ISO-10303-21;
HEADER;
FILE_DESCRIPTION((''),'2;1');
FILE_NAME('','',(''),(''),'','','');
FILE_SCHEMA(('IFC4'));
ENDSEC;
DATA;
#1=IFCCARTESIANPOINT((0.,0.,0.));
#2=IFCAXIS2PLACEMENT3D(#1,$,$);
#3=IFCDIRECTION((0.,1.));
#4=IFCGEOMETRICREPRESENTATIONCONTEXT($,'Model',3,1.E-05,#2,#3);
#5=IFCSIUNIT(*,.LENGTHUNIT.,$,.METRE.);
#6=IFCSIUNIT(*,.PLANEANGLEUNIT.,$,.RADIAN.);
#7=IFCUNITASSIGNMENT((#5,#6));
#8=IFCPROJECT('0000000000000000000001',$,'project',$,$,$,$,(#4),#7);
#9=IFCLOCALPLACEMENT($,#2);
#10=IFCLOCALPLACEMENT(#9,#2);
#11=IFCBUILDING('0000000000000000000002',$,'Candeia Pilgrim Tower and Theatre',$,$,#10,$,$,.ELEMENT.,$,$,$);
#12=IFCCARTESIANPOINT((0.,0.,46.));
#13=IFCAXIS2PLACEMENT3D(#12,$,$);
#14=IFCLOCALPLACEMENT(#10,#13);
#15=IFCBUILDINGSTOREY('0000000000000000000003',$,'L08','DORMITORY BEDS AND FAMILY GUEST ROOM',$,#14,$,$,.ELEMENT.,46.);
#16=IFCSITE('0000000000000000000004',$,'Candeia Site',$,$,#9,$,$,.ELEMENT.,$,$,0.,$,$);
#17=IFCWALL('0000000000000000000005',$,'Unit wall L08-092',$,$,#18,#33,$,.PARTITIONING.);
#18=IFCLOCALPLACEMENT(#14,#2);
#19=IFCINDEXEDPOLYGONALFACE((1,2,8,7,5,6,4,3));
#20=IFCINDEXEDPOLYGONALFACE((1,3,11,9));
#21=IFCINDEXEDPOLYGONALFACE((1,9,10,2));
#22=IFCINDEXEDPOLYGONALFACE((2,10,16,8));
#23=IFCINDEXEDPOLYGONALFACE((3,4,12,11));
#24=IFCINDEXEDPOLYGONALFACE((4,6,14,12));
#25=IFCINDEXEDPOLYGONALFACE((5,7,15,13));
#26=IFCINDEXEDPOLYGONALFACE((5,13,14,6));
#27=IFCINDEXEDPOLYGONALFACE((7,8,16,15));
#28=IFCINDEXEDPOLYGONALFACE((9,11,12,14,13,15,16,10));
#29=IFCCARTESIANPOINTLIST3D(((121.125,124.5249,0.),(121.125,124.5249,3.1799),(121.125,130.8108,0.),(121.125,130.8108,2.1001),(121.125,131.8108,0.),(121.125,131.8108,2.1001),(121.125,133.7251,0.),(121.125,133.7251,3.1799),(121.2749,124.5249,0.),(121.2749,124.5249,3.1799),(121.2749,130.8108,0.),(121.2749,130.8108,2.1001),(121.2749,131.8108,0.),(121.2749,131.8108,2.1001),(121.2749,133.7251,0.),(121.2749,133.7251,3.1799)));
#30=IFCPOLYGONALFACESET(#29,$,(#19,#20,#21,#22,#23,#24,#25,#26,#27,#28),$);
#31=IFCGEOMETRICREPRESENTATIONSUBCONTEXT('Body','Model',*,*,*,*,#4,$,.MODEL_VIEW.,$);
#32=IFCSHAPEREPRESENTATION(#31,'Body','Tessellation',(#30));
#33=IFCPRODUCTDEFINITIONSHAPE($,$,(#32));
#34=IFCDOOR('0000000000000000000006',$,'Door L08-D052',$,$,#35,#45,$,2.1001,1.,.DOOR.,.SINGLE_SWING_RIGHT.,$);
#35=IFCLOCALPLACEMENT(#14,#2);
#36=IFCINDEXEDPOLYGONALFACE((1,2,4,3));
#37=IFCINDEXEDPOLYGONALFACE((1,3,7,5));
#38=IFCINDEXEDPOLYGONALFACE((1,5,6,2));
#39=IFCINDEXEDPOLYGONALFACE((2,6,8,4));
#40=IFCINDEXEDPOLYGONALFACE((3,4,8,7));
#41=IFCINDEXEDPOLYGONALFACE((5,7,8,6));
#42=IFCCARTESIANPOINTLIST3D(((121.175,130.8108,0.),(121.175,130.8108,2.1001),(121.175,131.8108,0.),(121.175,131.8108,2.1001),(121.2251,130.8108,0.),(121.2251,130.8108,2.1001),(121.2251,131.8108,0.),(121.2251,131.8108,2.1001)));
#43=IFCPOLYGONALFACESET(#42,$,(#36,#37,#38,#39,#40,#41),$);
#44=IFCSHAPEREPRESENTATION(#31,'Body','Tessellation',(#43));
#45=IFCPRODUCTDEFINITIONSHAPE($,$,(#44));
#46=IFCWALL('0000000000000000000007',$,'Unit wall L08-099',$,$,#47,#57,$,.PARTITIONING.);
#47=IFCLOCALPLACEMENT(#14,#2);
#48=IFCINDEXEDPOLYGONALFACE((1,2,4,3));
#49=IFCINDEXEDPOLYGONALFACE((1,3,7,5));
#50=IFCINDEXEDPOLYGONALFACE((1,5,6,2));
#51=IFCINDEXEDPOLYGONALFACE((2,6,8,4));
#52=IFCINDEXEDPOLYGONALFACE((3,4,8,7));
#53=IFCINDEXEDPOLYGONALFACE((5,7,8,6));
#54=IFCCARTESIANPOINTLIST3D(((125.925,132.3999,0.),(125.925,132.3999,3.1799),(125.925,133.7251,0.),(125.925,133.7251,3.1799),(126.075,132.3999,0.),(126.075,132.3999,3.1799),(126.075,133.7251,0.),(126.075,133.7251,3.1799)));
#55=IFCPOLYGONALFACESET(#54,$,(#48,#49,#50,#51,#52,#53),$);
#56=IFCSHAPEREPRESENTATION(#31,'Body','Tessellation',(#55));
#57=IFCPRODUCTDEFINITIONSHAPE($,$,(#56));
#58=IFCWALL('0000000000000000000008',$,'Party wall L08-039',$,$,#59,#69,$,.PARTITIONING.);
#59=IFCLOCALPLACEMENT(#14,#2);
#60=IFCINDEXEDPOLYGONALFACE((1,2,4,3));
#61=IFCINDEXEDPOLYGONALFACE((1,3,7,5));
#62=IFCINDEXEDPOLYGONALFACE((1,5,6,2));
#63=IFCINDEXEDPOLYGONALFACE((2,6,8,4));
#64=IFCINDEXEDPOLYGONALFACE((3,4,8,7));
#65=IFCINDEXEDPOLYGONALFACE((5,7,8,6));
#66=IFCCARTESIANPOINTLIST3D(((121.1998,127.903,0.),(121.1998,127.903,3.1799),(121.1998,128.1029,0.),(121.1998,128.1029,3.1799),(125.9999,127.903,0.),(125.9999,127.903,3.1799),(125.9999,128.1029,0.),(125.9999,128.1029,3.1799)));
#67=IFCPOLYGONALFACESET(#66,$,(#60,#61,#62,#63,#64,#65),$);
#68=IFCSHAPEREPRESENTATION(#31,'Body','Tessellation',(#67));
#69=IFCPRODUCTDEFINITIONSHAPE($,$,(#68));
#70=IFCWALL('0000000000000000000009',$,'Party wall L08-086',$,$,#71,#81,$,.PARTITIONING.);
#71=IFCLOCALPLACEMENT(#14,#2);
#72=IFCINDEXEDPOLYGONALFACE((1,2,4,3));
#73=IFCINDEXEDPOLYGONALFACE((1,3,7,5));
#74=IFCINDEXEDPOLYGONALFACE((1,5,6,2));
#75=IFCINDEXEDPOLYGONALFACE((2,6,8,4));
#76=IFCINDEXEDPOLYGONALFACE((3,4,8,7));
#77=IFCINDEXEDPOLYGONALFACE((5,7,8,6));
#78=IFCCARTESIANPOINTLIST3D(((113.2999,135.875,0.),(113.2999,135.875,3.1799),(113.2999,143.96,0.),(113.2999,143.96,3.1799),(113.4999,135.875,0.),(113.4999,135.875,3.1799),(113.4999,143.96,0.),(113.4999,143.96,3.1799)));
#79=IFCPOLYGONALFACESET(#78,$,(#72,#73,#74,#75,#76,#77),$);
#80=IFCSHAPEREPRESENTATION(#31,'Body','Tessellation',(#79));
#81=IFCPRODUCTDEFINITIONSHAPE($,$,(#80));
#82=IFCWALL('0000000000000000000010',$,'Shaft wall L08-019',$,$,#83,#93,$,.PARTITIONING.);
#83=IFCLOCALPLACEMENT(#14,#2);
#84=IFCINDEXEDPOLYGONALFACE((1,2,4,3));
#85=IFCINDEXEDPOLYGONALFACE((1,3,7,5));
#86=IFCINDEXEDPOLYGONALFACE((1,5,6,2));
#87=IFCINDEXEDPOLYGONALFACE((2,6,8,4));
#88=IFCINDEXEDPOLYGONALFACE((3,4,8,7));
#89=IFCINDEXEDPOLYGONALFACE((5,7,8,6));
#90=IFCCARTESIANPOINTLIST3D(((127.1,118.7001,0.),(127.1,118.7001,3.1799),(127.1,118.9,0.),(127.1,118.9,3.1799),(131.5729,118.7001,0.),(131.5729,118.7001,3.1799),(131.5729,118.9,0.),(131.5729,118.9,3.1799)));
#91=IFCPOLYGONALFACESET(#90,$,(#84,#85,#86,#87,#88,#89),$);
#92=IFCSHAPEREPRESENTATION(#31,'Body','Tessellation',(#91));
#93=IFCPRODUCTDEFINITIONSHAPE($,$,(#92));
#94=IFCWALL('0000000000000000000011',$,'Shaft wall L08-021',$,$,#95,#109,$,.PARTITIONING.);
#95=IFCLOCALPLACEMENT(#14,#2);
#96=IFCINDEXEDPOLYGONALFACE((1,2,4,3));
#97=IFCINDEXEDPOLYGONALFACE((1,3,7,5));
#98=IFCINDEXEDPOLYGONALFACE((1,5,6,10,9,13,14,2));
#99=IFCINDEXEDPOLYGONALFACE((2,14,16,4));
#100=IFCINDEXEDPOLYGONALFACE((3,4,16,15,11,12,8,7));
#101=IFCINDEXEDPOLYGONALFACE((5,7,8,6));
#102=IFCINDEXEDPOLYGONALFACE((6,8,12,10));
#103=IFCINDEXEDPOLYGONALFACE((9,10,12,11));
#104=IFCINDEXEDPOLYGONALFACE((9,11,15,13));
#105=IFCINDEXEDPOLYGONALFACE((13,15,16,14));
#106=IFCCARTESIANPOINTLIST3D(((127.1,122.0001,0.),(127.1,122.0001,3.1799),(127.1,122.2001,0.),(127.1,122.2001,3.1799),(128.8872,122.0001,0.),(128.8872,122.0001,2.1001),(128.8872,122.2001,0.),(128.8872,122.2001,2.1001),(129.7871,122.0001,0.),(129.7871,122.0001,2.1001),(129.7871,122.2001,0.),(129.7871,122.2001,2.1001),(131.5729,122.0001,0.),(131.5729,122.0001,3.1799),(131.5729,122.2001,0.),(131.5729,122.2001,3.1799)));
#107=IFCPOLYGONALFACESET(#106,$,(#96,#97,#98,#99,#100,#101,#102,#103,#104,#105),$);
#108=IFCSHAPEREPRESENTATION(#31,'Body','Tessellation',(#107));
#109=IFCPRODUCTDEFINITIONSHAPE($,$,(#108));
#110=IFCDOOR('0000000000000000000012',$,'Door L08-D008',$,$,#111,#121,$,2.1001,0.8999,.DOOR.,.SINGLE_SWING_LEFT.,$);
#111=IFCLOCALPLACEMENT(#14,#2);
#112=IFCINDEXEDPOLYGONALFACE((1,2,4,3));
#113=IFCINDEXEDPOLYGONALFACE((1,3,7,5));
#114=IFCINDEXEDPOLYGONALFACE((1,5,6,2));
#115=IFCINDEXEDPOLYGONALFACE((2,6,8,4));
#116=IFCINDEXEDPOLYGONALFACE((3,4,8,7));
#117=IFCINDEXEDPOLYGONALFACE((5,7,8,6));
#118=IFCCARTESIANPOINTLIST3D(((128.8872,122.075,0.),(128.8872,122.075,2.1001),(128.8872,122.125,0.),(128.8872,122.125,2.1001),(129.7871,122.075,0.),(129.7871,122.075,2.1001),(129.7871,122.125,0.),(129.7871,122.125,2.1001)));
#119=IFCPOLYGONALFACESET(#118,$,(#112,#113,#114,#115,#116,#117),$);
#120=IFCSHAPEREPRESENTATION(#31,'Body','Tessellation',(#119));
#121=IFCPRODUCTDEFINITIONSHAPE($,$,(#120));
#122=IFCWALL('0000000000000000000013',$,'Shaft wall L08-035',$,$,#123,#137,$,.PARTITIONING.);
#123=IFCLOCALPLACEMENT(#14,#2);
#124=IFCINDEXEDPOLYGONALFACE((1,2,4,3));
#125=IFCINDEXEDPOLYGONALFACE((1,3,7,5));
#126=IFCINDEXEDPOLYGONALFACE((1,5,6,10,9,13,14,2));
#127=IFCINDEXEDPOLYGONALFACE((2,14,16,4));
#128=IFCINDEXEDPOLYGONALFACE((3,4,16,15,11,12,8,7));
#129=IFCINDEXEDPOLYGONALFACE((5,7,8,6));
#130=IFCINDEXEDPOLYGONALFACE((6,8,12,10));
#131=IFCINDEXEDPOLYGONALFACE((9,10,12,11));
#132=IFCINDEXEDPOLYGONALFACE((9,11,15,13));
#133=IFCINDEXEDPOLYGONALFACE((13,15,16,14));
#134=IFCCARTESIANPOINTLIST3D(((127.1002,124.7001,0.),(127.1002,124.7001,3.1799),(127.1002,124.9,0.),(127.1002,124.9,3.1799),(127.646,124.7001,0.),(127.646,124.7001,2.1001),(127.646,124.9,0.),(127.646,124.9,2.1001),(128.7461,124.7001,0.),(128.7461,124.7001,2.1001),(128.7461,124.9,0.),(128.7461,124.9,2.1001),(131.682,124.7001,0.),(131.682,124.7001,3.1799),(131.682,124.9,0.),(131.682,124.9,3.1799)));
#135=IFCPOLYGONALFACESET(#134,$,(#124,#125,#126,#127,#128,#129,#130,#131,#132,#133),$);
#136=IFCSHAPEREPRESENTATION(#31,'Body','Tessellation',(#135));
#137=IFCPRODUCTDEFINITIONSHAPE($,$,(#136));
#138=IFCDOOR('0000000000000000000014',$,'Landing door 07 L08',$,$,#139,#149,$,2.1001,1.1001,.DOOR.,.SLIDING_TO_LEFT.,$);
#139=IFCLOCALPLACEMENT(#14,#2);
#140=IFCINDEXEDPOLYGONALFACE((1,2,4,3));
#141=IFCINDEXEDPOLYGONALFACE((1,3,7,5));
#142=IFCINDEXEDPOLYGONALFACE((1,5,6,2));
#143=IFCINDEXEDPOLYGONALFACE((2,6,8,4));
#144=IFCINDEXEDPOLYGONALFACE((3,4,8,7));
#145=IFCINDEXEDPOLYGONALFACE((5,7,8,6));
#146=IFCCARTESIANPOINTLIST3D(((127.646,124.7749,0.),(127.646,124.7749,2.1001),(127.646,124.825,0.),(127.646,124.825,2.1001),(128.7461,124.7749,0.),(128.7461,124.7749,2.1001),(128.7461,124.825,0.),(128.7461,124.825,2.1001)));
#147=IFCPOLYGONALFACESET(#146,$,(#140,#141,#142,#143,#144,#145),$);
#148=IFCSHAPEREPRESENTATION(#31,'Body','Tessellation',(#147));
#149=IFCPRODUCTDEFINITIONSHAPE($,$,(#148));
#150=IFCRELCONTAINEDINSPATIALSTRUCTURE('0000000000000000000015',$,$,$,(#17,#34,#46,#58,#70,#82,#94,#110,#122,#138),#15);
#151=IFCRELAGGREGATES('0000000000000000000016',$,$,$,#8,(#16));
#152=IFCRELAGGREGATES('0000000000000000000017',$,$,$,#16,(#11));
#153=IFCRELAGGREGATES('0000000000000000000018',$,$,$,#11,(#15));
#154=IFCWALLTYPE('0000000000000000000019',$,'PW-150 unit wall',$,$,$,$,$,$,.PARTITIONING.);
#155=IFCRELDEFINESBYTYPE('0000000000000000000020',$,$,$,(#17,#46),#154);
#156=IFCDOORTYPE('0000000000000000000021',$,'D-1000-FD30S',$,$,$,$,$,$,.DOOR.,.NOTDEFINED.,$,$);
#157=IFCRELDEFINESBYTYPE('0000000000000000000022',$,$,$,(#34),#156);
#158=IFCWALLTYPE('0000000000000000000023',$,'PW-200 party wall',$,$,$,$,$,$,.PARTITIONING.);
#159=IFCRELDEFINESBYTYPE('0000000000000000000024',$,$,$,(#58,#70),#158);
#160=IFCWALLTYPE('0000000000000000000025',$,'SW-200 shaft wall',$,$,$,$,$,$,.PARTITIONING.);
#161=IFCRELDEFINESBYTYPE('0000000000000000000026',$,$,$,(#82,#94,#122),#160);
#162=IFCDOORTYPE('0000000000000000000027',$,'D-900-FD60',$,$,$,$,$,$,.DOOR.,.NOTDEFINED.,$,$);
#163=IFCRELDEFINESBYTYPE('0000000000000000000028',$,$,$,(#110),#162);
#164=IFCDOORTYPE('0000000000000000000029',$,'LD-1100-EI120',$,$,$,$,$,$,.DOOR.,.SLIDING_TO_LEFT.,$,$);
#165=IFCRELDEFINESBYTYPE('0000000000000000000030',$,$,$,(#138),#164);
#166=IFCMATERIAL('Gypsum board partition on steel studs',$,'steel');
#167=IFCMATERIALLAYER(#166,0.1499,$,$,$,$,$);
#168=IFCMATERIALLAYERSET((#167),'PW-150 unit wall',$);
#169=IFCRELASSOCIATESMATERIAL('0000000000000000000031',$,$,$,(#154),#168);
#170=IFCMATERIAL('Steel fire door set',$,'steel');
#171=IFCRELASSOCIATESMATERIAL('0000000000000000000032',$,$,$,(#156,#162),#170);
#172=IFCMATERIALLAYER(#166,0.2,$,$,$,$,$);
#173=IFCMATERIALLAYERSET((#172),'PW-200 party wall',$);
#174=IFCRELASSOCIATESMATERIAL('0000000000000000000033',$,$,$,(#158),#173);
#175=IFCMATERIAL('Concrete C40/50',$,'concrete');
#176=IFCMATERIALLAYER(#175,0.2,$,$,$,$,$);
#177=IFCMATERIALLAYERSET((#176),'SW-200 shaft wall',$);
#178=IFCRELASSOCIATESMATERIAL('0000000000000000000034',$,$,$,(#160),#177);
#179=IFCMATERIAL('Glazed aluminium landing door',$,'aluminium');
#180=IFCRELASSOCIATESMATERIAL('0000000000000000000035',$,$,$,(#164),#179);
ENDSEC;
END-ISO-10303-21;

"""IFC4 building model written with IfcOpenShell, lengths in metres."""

from ifc_helpers import new_model, si_unit, direction, frame, frame_2d, origin, place, context, subcontext, project, spatial, rectangle, extrude, material, layer, layer_set, type_object, element, fill, save


model = new_model("IFC4")

# Units and contexts
model_context = context("Model", 3, precision=1e-05, world=origin(), true_north=direction((0.0, 1.0)))
body_context = subcontext(model_context, "Body", "Model", "MODEL_VIEW")
ifc_project = project(units=[si_unit("LENGTHUNIT", "METRE"), si_unit("PLANEANGLEUNIT", "RADIAN")], contexts=[model_context])

# Site, building, storey
site_placement = place(None, origin())
site = spatial("IfcSite", under=ifc_project, at=site_placement, Name="Candeia Site", CompositionType="ELEMENT", RefElevation=0.0)
building_placement = place(site_placement, origin())
building = spatial("IfcBuilding", under=site, at=building_placement, Name="Candeia Pilgrim Tower and Theatre", CompositionType="ELEMENT")
storey_placement = place(building_placement, frame((0.0, 0.0, 46.0)))
storey = spatial("IfcBuildingStorey", under=building, at=storey_placement, Name="L08", Description="DORMITORY BEDS AND FAMILY GUEST ROOM", CompositionType="ELEMENT", Elevation=46.0)

# Shared definitions
ifc_material_1 = material(Name="Steel fire door set", Category="steel")
ifc_material_2 = material(Name="Gypsum board partition on steel studs", Category="steel")

# Shared definitions
ifc_layer_1 = layer(ifc_material_2, 0.1499)
ifc_layer_set_1 = layer_set([ifc_layer_1], Name="PW-150 unit wall")
wall_type_1 = type_object("IfcWallType", Name="PW-150 unit wall", PredefinedType="PARTITIONING", material=ifc_layer_set_1)

# Wall, opening, door
door_type_1 = type_object("IfcDoorType", Name="D-1000-FD30S", OperationType="NOTDEFINED", PredefinedType="DOOR", material=ifc_material_1)
wall_1_placement = place(storey_placement, frame((121.2, 124.5249, 0.0), z_axis=(0.0, 0.0, 1.0), x_axis=(0.0, 1.0, 0.0)))
wall_1 = element("IfcWall", 1, at=wall_1_placement, inside=storey, type_object=wall_type_1, Name="Unit wall L08-092", PredefinedType="PARTITIONING", context=body_context, shape_type="SweptSolid", body=[
    extrude(rectangle(XDim=9.2002, YDim=0.1499, at=frame_2d((4.6001, 0.0))), origin(), (0.0, 0.0, 1.0), 3.1799),
])
opening_1_placement = place(wall_1_placement, frame((6.2859, 0.0, 0.0)))
opening_1 = element("IfcOpeningElement", 2, at=opening_1_placement, cuts=wall_1, PredefinedType="OPENING", context=body_context, shape_type="SweptSolid", body=[
    extrude(rectangle(XDim=1.0, YDim=2.1001, at=frame_2d((0.5, 1.05))), frame((0.0, 0.085, 0.0), z_axis=(0.0, -1.0, 0.0), x_axis=(1.0, 0.0, 0.0)), (0.0, 0.0, 1.0), 0.1699),
])
door_1_placement = place(opening_1_placement, origin())
door_1 = element("IfcDoor", 3, at=door_1_placement, inside=storey, type_object=door_type_1, Name="Door L08-D052", OperationType="SINGLE_SWING_RIGHT", OverallHeight=2.1001, OverallWidth=1.0, PredefinedType="DOOR", context=body_context, shape_type="SweptSolid", body=[
    extrude(rectangle(XDim=1.0, YDim=2.1001, at=frame_2d((0.5, 1.05))), frame((0.0, 0.0249, 0.0), z_axis=(0.0, -1.0, 0.0), x_axis=(1.0, 0.0, 0.0)), (0.0, 0.0, 1.0), 0.05),
])
fill(opening_1, door_1)

# Walls
wall_2_placement = place(storey_placement, frame((126.0, 132.3999, 0.0), z_axis=(0.0, 0.0, 1.0), x_axis=(0.0, 1.0, 0.0)))
element("IfcWall", 4, at=wall_2_placement, inside=storey, type_object=wall_type_1, Name="Unit wall L08-099", PredefinedType="PARTITIONING", context=body_context, shape_type="SweptSolid", body=[
    extrude(rectangle(XDim=1.3252, YDim=0.1499, at=frame_2d((0.6626, 0.0))), origin(), (0.0, 0.0, 1.0), 3.1799),
])
ifc_layer_2 = layer(ifc_material_2, 0.2)
ifc_layer_set_2 = layer_set([ifc_layer_2], Name="PW-200 party wall")
wall_type_2 = type_object("IfcWallType", Name="PW-200 party wall", PredefinedType="PARTITIONING", material=ifc_layer_set_2)
wall_3_placement = place(storey_placement, frame((121.2, 128.0029, 0.0), z_axis=(0.0, 0.0, 1.0), x_axis=(1.0, 0.0, 0.0)))
element("IfcWall", 5, at=wall_3_placement, inside=storey, type_object=wall_type_2, Name="Party wall L08-039", PredefinedType="PARTITIONING", context=body_context, shape_type="SweptSolid", body=[
    extrude(rectangle(XDim=4.8, YDim=0.2, at=frame_2d((2.3999, 0.0))), origin(), (0.0, 0.0, 1.0), 3.1799),
])
wall_4_placement = place(storey_placement, frame((113.3999, 135.875, 0.0), z_axis=(0.0, 0.0, 1.0), x_axis=(0.0, 1.0, 0.0)))
element("IfcWall", 6, at=wall_4_placement, inside=storey, type_object=wall_type_2, Name="Party wall L08-086", PredefinedType="PARTITIONING", context=body_context, shape_type="SweptSolid", body=[
    extrude(rectangle(XDim=8.085, YDim=0.2, at=frame_2d((4.0425, 0.0))), origin(), (0.0, 0.0, 1.0), 3.1799),
])
ifc_material_3 = material(Name="Concrete C40/50", Category="concrete")
ifc_layer_3 = layer(ifc_material_3, 0.2)
ifc_layer_set_3 = layer_set([ifc_layer_3], Name="SW-200 shaft wall")
wall_type_3 = type_object("IfcWallType", Name="SW-200 shaft wall", PredefinedType="PARTITIONING", material=ifc_layer_set_3)
wall_5_placement = place(storey_placement, frame((127.1001, 118.8, 0.0), z_axis=(0.0, 0.0, 1.0), x_axis=(1.0, 0.0, 0.0)))
element("IfcWall", 7, at=wall_5_placement, inside=storey, type_object=wall_type_3, Name="Shaft wall L08-019", PredefinedType="PARTITIONING", context=body_context, shape_type="SweptSolid", body=[
    extrude(rectangle(XDim=4.4729, YDim=0.2, at=frame_2d((2.2363, 0.0))), origin(), (0.0, 0.0, 1.0), 3.1799),
])

# Walls, openings, doors
wall_6_placement = place(storey_placement, frame((127.1001, 122.1001, 0.0), z_axis=(0.0, 0.0, 1.0), x_axis=(1.0, 0.0, 0.0)))
wall_6 = element("IfcWall", 8, at=wall_6_placement, inside=storey, type_object=wall_type_3, Name="Shaft wall L08-021", PredefinedType="PARTITIONING", context=body_context, shape_type="SweptSolid", body=[
    extrude(rectangle(XDim=4.4729, YDim=0.2, at=frame_2d((2.2363, 0.0))), origin(), (0.0, 0.0, 1.0), 3.1799),
])
opening_2_placement = place(wall_6_placement, frame((1.7871, 0.0, 0.0)))
opening_2 = element("IfcOpeningElement", 9, at=opening_2_placement, cuts=wall_6, PredefinedType="OPENING", context=body_context, shape_type="SweptSolid", body=[
    extrude(rectangle(XDim=0.8999, YDim=2.1001, at=frame_2d((0.45, 1.05))), frame((0.0, 0.1099, 0.0), z_axis=(0.0, -1.0, 0.0), x_axis=(1.0, 0.0, 0.0)), (0.0, 0.0, 1.0), 0.22),
])
door_type_2 = type_object("IfcDoorType", Name="D-900-FD60", OperationType="NOTDEFINED", PredefinedType="DOOR", material=ifc_material_1)
door_2_placement = place(opening_2_placement, origin())
door_2 = element("IfcDoor", 10, at=door_2_placement, inside=storey, type_object=door_type_2, Name="Door L08-D008", OperationType="SINGLE_SWING_LEFT", OverallHeight=2.1001, OverallWidth=0.8999, PredefinedType="DOOR", context=body_context, shape_type="SweptSolid", body=[
    extrude(rectangle(XDim=0.8999, YDim=2.1001, at=frame_2d((0.45, 1.05))), frame((0.0, 0.0249, 0.0), z_axis=(0.0, -1.0, 0.0), x_axis=(1.0, 0.0, 0.0)), (0.0, 0.0, 1.0), 0.05),
])
fill(opening_2, door_2)
wall_7_placement = place(storey_placement, frame((127.1001, 124.8, 0.0), z_axis=(0.0, 0.0, 1.0), x_axis=(1.0, 0.0, 0.0)))
wall_7 = element("IfcWall", 11, at=wall_7_placement, inside=storey, type_object=wall_type_3, Name="Shaft wall L08-035", PredefinedType="PARTITIONING", context=body_context, shape_type="SweptSolid", body=[
    extrude(rectangle(XDim=4.5818, YDim=0.2, at=frame_2d((2.291, 0.0))), origin(), (0.0, 0.0, 1.0), 3.1799),
])
opening_3_placement = place(wall_7_placement, frame((0.5459, 0.0, 0.0)))
opening_3 = element("IfcOpeningElement", 12, at=opening_3_placement, cuts=wall_7, PredefinedType="OPENING", context=body_context, shape_type="SweptSolid", body=[
    extrude(rectangle(XDim=1.1001, YDim=2.1001, at=frame_2d((0.55, 1.05))), frame((0.0, 0.1099, 0.0), z_axis=(0.0, -1.0, 0.0), x_axis=(1.0, 0.0, 0.0)), (0.0, 0.0, 1.0), 0.22),
])
ifc_material_4 = material(Name="Glazed aluminium landing door", Category="aluminium")
door_type_3 = type_object("IfcDoorType", Name="LD-1100-EI120", OperationType="SLIDING_TO_LEFT", PredefinedType="DOOR", material=ifc_material_4)
door_3_placement = place(opening_3_placement, origin())
door_3 = element("IfcDoor", 13, at=door_3_placement, inside=storey, type_object=door_type_3, Name="Landing door 07 L08", OperationType="SLIDING_TO_LEFT", OverallHeight=2.1001, OverallWidth=1.1001, PredefinedType="DOOR", context=body_context, shape_type="SweptSolid", body=[
    extrude(rectangle(XDim=1.1001, YDim=2.1001, at=frame_2d((0.55, 1.05))), frame((0.0, 0.0249, 0.0), z_axis=(0.0, -1.0, 0.0), x_axis=(1.0, 0.0, 0.0)), (0.0, 0.0, 1.0), 0.05),
])
fill(opening_3, door_3)

save(model, "model.ifc")
